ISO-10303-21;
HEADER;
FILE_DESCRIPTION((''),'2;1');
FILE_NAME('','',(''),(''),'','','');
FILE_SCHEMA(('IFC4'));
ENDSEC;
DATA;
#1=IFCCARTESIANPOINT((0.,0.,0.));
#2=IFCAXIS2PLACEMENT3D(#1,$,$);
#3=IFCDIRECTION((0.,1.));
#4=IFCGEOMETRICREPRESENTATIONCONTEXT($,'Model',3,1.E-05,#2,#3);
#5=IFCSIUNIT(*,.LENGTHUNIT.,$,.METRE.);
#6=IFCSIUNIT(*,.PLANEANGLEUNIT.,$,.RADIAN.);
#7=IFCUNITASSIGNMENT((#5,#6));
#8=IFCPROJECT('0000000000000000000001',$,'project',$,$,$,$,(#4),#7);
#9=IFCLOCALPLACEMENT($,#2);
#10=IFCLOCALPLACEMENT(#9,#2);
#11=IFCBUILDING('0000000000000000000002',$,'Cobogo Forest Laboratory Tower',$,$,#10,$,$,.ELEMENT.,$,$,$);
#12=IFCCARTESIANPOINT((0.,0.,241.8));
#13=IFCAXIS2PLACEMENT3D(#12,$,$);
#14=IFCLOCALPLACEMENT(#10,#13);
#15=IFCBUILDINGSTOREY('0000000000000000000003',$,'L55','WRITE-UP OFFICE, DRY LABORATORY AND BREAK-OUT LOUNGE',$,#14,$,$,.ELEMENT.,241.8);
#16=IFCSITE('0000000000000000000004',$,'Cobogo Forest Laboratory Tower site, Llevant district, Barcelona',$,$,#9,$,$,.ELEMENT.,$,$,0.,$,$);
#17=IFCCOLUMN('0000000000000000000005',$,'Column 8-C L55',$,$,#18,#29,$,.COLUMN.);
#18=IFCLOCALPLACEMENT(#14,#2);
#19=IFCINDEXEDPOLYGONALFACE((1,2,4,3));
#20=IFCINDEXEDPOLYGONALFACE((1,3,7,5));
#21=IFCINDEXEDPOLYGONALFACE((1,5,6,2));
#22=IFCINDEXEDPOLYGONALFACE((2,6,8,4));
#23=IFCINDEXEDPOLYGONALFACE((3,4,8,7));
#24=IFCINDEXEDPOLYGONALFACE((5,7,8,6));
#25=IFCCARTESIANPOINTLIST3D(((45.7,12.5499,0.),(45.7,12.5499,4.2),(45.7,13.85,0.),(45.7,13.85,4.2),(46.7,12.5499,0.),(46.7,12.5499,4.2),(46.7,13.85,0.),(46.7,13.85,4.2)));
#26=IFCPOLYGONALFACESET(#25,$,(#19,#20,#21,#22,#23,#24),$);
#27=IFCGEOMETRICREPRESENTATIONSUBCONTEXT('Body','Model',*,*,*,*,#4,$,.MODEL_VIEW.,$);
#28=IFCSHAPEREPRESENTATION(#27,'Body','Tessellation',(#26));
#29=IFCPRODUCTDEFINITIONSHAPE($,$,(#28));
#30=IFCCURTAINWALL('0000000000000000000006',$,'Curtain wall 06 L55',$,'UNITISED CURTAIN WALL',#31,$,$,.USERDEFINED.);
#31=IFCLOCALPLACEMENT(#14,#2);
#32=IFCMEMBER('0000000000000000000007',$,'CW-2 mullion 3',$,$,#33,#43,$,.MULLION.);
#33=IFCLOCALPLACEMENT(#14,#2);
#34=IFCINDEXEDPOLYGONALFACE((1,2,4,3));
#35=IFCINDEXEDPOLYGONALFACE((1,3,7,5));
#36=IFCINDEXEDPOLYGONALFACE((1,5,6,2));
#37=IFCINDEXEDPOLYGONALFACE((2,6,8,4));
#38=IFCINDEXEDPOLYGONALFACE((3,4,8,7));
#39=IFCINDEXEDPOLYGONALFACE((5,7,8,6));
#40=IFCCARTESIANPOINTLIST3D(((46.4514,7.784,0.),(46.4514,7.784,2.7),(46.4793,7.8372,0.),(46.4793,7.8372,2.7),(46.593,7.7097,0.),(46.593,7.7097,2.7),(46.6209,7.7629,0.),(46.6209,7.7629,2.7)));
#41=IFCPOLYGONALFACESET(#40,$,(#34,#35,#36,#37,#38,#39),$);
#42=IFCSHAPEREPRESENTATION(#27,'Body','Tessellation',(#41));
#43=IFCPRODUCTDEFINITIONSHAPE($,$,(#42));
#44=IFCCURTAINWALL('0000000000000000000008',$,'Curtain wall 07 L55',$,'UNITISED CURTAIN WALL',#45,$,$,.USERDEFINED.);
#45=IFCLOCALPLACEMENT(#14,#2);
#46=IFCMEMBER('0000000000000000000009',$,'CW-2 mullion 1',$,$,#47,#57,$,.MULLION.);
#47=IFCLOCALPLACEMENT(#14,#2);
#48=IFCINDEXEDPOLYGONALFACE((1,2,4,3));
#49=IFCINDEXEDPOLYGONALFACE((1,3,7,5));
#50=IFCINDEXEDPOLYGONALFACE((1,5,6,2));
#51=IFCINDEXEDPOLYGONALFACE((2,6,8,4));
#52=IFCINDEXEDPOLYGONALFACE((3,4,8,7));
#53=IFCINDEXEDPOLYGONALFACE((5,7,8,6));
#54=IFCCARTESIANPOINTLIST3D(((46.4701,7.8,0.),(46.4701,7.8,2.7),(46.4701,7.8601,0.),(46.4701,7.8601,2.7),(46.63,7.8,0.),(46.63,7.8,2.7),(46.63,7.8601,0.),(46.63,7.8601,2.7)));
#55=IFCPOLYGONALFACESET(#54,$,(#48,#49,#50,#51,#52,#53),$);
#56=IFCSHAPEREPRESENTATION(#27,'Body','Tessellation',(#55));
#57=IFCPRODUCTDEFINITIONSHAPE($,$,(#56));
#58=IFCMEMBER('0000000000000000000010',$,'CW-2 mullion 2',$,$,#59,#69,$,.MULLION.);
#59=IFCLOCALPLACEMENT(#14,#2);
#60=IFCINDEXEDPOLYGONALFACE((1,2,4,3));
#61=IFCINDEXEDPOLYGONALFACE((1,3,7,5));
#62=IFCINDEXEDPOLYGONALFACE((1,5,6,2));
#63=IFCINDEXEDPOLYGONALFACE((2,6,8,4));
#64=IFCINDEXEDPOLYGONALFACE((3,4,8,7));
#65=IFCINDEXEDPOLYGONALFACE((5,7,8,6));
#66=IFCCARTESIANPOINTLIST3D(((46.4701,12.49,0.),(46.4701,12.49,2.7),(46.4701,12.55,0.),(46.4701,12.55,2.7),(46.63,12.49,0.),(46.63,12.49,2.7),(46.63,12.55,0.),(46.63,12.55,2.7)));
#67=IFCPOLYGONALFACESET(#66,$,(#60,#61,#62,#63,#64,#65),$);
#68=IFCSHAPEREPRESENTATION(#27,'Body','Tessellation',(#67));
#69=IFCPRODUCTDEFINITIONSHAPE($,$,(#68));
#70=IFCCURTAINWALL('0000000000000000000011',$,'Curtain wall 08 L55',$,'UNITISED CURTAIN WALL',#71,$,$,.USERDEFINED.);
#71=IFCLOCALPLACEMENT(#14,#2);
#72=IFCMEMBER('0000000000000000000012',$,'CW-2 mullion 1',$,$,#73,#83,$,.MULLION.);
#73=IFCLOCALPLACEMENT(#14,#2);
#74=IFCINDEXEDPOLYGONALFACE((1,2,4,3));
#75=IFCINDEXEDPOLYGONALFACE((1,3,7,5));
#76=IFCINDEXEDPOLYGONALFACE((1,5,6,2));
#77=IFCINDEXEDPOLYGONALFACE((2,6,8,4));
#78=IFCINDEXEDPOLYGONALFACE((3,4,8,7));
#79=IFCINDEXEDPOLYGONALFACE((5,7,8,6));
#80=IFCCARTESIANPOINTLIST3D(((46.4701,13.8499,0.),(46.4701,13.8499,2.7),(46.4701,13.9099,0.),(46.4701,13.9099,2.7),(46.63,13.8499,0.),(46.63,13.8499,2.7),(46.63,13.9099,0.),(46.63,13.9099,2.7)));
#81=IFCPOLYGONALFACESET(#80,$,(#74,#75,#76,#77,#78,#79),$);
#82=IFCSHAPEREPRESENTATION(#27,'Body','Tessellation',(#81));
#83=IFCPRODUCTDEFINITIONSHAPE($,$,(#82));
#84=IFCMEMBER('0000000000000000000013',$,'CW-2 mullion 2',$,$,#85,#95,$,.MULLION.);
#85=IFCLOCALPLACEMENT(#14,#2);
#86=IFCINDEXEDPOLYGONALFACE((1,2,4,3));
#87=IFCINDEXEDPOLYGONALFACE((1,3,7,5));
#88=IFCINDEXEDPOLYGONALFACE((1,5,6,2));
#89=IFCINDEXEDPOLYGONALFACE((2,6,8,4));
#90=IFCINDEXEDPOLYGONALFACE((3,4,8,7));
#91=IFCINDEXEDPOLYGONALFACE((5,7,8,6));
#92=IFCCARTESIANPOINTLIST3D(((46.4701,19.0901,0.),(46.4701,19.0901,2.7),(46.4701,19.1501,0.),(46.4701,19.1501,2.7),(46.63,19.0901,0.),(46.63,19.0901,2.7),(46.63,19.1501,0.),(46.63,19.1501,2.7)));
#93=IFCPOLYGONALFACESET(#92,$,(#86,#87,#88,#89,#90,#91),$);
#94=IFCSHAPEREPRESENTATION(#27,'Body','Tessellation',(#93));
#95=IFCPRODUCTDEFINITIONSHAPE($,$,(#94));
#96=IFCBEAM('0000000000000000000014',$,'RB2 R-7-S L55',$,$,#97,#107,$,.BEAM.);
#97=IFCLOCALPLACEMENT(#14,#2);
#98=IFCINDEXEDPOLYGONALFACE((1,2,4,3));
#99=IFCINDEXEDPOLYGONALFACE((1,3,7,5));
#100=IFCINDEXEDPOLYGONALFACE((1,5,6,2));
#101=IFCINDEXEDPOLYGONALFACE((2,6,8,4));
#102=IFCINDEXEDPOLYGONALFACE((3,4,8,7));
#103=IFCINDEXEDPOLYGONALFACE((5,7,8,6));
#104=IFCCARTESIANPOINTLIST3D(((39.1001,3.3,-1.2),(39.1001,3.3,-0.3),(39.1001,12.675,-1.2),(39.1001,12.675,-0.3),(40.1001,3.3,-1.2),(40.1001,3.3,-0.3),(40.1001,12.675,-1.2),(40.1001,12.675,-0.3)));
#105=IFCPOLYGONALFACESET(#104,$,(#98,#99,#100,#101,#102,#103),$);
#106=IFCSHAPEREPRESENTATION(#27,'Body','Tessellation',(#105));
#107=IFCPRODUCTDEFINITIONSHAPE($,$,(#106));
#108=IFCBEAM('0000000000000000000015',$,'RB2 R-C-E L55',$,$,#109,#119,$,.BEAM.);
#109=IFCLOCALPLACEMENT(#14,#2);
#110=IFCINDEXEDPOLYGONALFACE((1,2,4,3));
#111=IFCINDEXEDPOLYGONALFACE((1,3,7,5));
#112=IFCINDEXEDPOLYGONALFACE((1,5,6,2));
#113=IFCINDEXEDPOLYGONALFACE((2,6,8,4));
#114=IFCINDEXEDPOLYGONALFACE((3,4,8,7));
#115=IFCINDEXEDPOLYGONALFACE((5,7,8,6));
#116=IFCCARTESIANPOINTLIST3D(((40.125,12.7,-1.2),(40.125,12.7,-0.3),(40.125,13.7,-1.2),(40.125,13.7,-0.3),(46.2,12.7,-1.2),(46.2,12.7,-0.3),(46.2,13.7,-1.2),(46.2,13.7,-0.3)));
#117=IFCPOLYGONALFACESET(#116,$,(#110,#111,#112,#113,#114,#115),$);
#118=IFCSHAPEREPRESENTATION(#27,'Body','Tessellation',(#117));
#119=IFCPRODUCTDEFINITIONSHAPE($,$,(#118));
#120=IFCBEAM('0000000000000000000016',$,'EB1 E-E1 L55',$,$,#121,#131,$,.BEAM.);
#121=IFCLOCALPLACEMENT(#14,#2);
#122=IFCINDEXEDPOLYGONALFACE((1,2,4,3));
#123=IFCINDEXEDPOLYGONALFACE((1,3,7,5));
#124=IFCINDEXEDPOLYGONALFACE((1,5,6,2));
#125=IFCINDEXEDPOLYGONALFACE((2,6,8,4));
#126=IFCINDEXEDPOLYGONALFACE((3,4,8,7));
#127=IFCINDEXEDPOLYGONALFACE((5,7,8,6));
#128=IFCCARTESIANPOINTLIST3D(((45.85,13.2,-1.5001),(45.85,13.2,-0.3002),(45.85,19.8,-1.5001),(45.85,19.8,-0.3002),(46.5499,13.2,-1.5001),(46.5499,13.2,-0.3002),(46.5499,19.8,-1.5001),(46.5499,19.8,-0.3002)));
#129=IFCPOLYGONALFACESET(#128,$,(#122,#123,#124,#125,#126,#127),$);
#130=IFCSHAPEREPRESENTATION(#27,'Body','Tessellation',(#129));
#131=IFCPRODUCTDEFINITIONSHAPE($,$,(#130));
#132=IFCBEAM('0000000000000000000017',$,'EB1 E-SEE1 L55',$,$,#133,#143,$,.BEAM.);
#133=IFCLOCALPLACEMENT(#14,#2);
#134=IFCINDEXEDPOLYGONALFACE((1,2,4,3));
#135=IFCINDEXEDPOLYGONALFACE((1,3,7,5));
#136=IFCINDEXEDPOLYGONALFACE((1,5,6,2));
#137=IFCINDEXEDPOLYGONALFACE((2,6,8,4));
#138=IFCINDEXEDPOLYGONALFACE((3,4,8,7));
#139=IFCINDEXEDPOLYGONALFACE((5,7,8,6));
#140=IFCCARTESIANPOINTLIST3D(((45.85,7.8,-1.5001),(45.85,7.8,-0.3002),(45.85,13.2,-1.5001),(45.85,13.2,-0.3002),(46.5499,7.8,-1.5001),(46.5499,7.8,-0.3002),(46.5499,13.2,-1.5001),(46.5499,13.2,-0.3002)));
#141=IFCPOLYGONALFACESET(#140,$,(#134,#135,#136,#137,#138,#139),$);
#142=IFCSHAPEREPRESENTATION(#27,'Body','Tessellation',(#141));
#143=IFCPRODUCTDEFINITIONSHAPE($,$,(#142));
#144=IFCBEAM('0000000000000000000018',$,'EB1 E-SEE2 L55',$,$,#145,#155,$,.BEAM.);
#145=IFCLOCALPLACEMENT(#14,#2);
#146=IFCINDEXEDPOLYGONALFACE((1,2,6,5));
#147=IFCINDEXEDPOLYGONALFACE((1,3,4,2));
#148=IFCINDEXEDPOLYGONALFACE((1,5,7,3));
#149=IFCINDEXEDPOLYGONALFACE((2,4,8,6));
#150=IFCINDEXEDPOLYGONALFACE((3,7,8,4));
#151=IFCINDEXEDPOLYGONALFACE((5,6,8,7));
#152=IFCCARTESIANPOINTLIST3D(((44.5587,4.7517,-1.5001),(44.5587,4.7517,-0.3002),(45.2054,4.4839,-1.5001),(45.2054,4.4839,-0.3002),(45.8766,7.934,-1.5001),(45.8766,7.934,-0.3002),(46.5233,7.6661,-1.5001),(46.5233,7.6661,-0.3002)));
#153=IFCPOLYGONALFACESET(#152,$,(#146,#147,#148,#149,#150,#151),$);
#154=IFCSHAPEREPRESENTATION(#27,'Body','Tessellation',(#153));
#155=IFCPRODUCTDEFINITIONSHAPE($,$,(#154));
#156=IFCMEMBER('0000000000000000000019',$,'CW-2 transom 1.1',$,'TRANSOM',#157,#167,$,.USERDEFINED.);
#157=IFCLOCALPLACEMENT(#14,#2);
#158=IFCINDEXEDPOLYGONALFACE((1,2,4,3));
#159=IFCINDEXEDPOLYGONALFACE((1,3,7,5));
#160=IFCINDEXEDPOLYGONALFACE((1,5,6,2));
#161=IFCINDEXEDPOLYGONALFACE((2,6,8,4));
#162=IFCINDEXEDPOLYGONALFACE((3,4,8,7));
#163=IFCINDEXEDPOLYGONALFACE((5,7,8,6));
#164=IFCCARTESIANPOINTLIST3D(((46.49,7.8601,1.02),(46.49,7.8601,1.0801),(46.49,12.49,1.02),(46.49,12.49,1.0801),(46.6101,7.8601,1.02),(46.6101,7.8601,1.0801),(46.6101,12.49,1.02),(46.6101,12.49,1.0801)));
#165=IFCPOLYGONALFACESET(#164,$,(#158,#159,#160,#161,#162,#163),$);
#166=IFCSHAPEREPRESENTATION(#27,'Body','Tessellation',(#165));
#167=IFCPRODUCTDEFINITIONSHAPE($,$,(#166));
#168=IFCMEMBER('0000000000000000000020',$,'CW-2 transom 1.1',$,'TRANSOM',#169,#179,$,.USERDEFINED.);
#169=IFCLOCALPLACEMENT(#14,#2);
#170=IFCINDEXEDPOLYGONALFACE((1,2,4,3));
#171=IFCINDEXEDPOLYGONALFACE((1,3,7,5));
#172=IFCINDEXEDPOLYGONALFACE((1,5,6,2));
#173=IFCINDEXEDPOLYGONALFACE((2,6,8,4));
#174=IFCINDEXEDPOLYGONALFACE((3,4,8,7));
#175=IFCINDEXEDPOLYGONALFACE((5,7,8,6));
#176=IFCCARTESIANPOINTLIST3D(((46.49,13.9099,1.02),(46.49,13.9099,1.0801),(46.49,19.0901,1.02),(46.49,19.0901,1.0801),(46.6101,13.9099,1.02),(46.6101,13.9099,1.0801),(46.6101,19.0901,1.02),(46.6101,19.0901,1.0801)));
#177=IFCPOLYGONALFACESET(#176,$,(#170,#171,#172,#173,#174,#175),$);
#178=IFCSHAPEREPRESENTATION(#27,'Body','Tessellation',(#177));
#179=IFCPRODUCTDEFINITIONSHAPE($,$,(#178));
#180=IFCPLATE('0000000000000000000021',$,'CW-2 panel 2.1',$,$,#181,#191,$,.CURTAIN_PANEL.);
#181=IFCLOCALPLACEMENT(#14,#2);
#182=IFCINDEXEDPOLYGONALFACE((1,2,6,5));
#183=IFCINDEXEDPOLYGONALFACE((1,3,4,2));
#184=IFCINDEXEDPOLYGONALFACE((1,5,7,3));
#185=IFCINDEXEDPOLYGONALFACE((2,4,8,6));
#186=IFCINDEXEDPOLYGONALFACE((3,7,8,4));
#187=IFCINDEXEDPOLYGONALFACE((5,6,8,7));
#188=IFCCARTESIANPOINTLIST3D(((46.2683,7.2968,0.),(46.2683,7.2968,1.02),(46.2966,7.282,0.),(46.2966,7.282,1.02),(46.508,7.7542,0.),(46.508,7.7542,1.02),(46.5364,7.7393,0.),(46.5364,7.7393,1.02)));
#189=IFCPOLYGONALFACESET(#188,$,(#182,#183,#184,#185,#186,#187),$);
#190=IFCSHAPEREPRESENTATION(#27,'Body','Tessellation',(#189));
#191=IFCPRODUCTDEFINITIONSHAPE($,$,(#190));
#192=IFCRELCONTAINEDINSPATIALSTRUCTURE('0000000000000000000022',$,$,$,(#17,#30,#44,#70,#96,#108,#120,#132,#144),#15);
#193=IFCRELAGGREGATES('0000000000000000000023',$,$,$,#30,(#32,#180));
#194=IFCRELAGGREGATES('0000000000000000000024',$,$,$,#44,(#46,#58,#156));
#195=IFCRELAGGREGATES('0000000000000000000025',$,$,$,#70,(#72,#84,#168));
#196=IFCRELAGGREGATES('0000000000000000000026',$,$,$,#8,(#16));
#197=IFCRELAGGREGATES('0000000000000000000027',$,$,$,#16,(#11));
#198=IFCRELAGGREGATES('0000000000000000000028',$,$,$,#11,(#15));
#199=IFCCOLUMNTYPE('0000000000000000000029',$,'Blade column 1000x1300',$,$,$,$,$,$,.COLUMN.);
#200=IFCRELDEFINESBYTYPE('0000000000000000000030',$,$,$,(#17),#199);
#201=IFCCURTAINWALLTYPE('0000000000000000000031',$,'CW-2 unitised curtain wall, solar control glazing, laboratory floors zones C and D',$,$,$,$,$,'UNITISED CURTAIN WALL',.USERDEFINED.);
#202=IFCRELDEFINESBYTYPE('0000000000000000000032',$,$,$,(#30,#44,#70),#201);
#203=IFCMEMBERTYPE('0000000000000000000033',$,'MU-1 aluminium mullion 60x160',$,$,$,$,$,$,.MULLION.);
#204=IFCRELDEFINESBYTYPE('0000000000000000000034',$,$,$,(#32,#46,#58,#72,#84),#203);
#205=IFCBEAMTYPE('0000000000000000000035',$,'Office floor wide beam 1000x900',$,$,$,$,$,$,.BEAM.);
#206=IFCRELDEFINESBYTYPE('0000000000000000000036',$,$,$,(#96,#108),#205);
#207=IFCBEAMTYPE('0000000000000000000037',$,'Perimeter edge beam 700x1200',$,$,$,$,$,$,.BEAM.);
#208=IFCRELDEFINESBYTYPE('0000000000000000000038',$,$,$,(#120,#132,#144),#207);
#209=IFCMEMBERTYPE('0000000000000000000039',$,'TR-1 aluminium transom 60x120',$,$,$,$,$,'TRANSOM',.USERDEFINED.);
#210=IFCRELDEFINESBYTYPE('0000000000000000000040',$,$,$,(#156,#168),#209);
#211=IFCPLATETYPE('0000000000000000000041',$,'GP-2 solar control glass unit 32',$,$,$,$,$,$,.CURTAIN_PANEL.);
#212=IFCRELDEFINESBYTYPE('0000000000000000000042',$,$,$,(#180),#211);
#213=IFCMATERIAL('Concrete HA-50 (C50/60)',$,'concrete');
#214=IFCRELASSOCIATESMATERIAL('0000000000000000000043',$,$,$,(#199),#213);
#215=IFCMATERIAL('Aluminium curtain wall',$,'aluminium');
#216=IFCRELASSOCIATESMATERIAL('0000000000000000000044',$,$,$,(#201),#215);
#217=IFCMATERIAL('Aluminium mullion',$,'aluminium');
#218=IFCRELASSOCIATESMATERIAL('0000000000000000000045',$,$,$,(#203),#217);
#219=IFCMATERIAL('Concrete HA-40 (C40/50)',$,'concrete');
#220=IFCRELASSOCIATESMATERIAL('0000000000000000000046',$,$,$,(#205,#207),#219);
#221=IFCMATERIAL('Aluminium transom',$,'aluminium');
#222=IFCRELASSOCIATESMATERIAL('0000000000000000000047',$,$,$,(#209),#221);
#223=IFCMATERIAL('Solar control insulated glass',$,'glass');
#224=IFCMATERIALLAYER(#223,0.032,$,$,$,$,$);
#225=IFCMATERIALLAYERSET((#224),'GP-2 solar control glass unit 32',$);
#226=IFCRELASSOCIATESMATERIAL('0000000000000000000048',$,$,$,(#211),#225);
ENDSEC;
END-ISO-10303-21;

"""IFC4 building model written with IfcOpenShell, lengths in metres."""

from ifc_helpers import new_model, si_unit, direction, frame, origin, origin_2d, place, context, subcontext, project, spatial, rectangle, extrude, material, layer, layer_set, material_profile, profile_set, type_object, element, aggregate, save


model = new_model("IFC4")

# Units and contexts
model_context = context("Model", 3, precision=1e-05, world=origin(), true_north=direction((0.0, 1.0)))
body_context = subcontext(model_context, "Body", "Model", "MODEL_VIEW")
ifc_project = project(units=[si_unit("LENGTHUNIT", "METRE"), si_unit("PLANEANGLEUNIT", "RADIAN")], contexts=[model_context])

# Site, building, storey
site_placement = place(None, origin())
site = spatial("IfcSite", under=ifc_project, at=site_placement, Name="Cobogo Forest Laboratory Tower site, Llevant district, Barcelona", CompositionType="ELEMENT", RefElevation=0.0)
building_placement = place(site_placement, origin())
building = spatial("IfcBuilding", under=site, at=building_placement, Name="Cobogo Forest Laboratory Tower", CompositionType="ELEMENT")
storey_placement = place(building_placement, frame((0.0, 0.0, 241.8)))
storey = spatial("IfcBuildingStorey", under=building, at=storey_placement, Name="L55", Description="WRITE-UP OFFICE, DRY LABORATORY AND BREAK-OUT LOUNGE", CompositionType="ELEMENT", Elevation=241.8)

# Column
ifc_material_1 = material(Name="Concrete HA-50 (C50/60)", Category="concrete")
ifc_material_profile_1 = material_profile(ifc_material_1, rectangle(XDim=1.3, YDim=1.0, at=origin_2d()), Name="RC 1000x1300")
ifc_profile_set_1 = profile_set([ifc_material_profile_1], Name="Concrete HA-50 (C50/60)")
column_type = type_object("IfcColumnType", Name="Blade column 1000x1300", PredefinedType="COLUMN", material=ifc_profile_set_1)
column_placement = place(storey_placement, frame((46.2, 13.2, 0.0), z_axis=(0.0, 0.0, 1.0), x_axis=(0.0, 1.0, 0.0)))
element("IfcColumn", 1, at=column_placement, inside=storey, type_object=column_type, Name="Column 8-C L55", PredefinedType="COLUMN", context=body_context, shape_type="SweptSolid", body=[
    extrude(rectangle(XDim=1.3, YDim=1.0, at=origin_2d()), origin(), (0.0, 0.0, 1.0), 4.2),
])

# Curtain wall, member
ifc_material_2 = material(Name="Aluminium curtain wall", Category="aluminium")
curtain_wall_type = type_object("IfcCurtainWallType", Name="CW-2 unitised curtain wall, solar control glazing, laboratory floors zones C and D", ElementType="UNITISED CURTAIN WALL", PredefinedType="USERDEFINED", material=ifc_material_2)
curtain_wall_1_placement = place(storey_placement, origin())
curtain_wall_1 = element("IfcCurtainWall", 2, at=curtain_wall_1_placement, inside=storey, type_object=curtain_wall_type, Name="Curtain wall 06 L55", ObjectType="UNITISED CURTAIN WALL", PredefinedType="USERDEFINED")
ifc_material_3 = material(Name="Aluminium mullion", Category="aluminium")
ifc_material_profile_2 = material_profile(ifc_material_3, rectangle(XDim=0.0601, YDim=0.1599, at=origin_2d()), Name="AL 60x160")
ifc_profile_set_2 = profile_set([ifc_material_profile_2], Name="Aluminium mullion")
member_type_1 = type_object("IfcMemberType", Name="MU-1 aluminium mullion 60x160", PredefinedType="MULLION", material=ifc_profile_set_2)
member_1_placement = place(storey_placement, frame((46.5361, 7.7734, 0.0), z_axis=(0.0, 0.0, 1.0), x_axis=(0.464284, 0.885686, 0.0)))
member_1 = element("IfcMember", 3, at=member_1_placement, type_object=member_type_1, Name="CW-2 mullion 3", PredefinedType="MULLION", context=body_context, shape_type="SweptSolid", body=[
    extrude(rectangle(XDim=0.0601, YDim=0.1599, at=origin_2d()), origin(), (0.0, 0.0, 1.0), 2.7),
])

# Curtain walls, members
curtain_wall_2_placement = place(storey_placement, origin())
curtain_wall_2 = element("IfcCurtainWall", 4, at=curtain_wall_2_placement, inside=storey, type_object=curtain_wall_type, Name="Curtain wall 07 L55", ObjectType="UNITISED CURTAIN WALL", PredefinedType="USERDEFINED")
member_2_placement = place(storey_placement, frame((46.55, 7.8301, 0.0), z_axis=(0.0, 0.0, 1.0), x_axis=(0.0, 1.0, 0.0)))
member_2 = element("IfcMember", 5, at=member_2_placement, type_object=member_type_1, Name="CW-2 mullion 1", PredefinedType="MULLION", context=body_context, shape_type="SweptSolid", body=[
    extrude(rectangle(XDim=0.0601, YDim=0.1599, at=origin_2d()), origin(), (0.0, 0.0, 1.0), 2.7),
])
member_3_placement = place(storey_placement, frame((46.55, 12.52, 0.0), z_axis=(0.0, 0.0, 1.0), x_axis=(0.0, 1.0, 0.0)))
member_3 = element("IfcMember", 6, at=member_3_placement, type_object=member_type_1, Name="CW-2 mullion 2", PredefinedType="MULLION", context=body_context, shape_type="SweptSolid", body=[
    extrude(rectangle(XDim=0.0601, YDim=0.1599, at=origin_2d()), origin(), (0.0, 0.0, 1.0), 2.7),
])
curtain_wall_3_placement = place(storey_placement, origin())
curtain_wall_3 = element("IfcCurtainWall", 7, at=curtain_wall_3_placement, inside=storey, type_object=curtain_wall_type, Name="Curtain wall 08 L55", ObjectType="UNITISED CURTAIN WALL", PredefinedType="USERDEFINED")
member_4_placement = place(storey_placement, frame((46.55, 13.8799, 0.0), z_axis=(0.0, 0.0, 1.0), x_axis=(0.0, 1.0, 0.0)))
member_4 = element("IfcMember", 8, at=member_4_placement, type_object=member_type_1, Name="CW-2 mullion 1", PredefinedType="MULLION", context=body_context, shape_type="SweptSolid", body=[
    extrude(rectangle(XDim=0.0601, YDim=0.1599, at=origin_2d()), origin(), (0.0, 0.0, 1.0), 2.7),
])
member_5_placement = place(storey_placement, frame((46.55, 19.1201, 0.0), z_axis=(0.0, 0.0, 1.0), x_axis=(0.0, 1.0, 0.0)))
member_5 = element("IfcMember", 9, at=member_5_placement, type_object=member_type_1, Name="CW-2 mullion 2", PredefinedType="MULLION", context=body_context, shape_type="SweptSolid", body=[
    extrude(rectangle(XDim=0.0601, YDim=0.1599, at=origin_2d()), origin(), (0.0, 0.0, 1.0), 2.7),
])

# Beams
ifc_material_4 = material(Name="Concrete HA-40 (C40/50)", Category="concrete")
ifc_material_profile_3 = material_profile(ifc_material_4, rectangle(XDim=1.0, YDim=0.8999, at=origin_2d()), Name="RC 1000x900")
ifc_profile_set_3 = profile_set([ifc_material_profile_3], Name="Concrete HA-40 (C40/50)")
beam_type_1 = type_object("IfcBeamType", Name="Office floor wide beam 1000x900", PredefinedType="BEAM", material=ifc_profile_set_3)
beam_1_placement = place(storey_placement, frame((39.6001, 12.675, -0.75), z_axis=(0.0, -1.0, 0.0), x_axis=(1.0, 0.0, 0.0)))
element("IfcBeam", 10, at=beam_1_placement, inside=storey, type_object=beam_type_1, Name="RB2 R-7-S L55", PredefinedType="BEAM", context=body_context, shape_type="SweptSolid", body=[
    extrude(rectangle(XDim=1.0, YDim=0.8999, at=origin_2d()), origin(), (0.0, 0.0, 1.0), 9.375),
])
beam_2_placement = place(storey_placement, frame((40.125, 13.2, -0.75), z_axis=(1.0, 0.0, 0.0), x_axis=(0.0, 1.0, 0.0)))
element("IfcBeam", 11, at=beam_2_placement, inside=storey, type_object=beam_type_1, Name="RB2 R-C-E L55", PredefinedType="BEAM", context=body_context, shape_type="SweptSolid", body=[
    extrude(rectangle(XDim=1.0, YDim=0.8999, at=origin_2d()), origin(), (0.0, 0.0, 1.0), 6.075),
])
ifc_material_profile_4 = material_profile(ifc_material_4, rectangle(XDim=0.7, YDim=1.2, at=origin_2d()), Name="RC 700x1200")
ifc_profile_set_4 = profile_set([ifc_material_profile_4], Name="Concrete HA-40 (C40/50)")
beam_type_2 = type_object("IfcBeamType", Name="Perimeter edge beam 700x1200", PredefinedType="BEAM", material=ifc_profile_set_4)
beam_3_placement = place(storey_placement, frame((46.2, 13.2, -0.9001), z_axis=(0.0, 1.0, 0.0), x_axis=(-1.0, 0.0, 0.0)))
element("IfcBeam", 12, at=beam_3_placement, inside=storey, type_object=beam_type_2, Name="EB1 E-E1 L55", PredefinedType="BEAM", context=body_context, shape_type="SweptSolid", body=[
    extrude(rectangle(XDim=0.7, YDim=1.2, at=origin_2d()), origin(), (0.0, 0.0, 1.0), 6.6001),
])
beam_4_placement = place(storey_placement, frame((46.2, 13.2, -0.9001), z_axis=(0.0, -1.0, 0.0), x_axis=(1.0, 0.0, 0.0)))
element("IfcBeam", 13, at=beam_4_placement, inside=storey, type_object=beam_type_2, Name="EB1 E-SEE1 L55", PredefinedType="BEAM", context=body_context, shape_type="SweptSolid", body=[
    extrude(rectangle(XDim=0.7, YDim=1.2, at=origin_2d()), origin(), (0.0, 0.0, 1.0), 5.3999),
])
beam_5_placement = place(storey_placement, frame((46.2, 7.8, -0.9001), z_axis=(-0.382631, -0.923901, 0.0), x_axis=(0.923901, -0.382631, 0.0)))
element("IfcBeam", 14, at=beam_5_placement, inside=storey, type_object=beam_type_2, Name="EB1 E-SEE2 L55", PredefinedType="BEAM", context=body_context, shape_type="SweptSolid", body=[
    extrude(rectangle(XDim=0.7, YDim=1.2, at=origin_2d()), origin(), (0.0, 0.0, 1.0), 3.4443),
])

# Members
ifc_material_5 = material(Name="Aluminium transom", Category="aluminium")
ifc_material_profile_5 = material_profile(ifc_material_5, rectangle(XDim=0.1201, YDim=0.0601, at=origin_2d()), Name="AL 60x120")
ifc_profile_set_5 = profile_set([ifc_material_profile_5], Name="Aluminium transom")
member_type_2 = type_object("IfcMemberType", Name="TR-1 aluminium transom 60x120", ElementType="TRANSOM", PredefinedType="USERDEFINED", material=ifc_profile_set_5)
member_6_placement = place(storey_placement, frame((46.55, 7.8601, 1.05), z_axis=(0.0, 1.0, 0.0), x_axis=(-1.0, 0.0, 0.0)))
member_6 = element("IfcMember", 15, at=member_6_placement, type_object=member_type_2, Name="CW-2 transom 1.1", ObjectType="TRANSOM", PredefinedType="USERDEFINED", context=body_context, shape_type="SweptSolid", body=[
    extrude(rectangle(XDim=0.1201, YDim=0.0601, at=origin_2d()), origin(), (0.0, 0.0, 1.0), 4.6299),
])
member_7_placement = place(storey_placement, frame((46.55, 13.9099, 1.05), z_axis=(0.0, 1.0, 0.0), x_axis=(-1.0, 0.0, 0.0)))
member_7 = element("IfcMember", 16, at=member_7_placement, type_object=member_type_2, Name="CW-2 transom 1.1", ObjectType="TRANSOM", PredefinedType="USERDEFINED", context=body_context, shape_type="SweptSolid", body=[
    extrude(rectangle(XDim=0.1201, YDim=0.0601, at=origin_2d()), origin(), (0.0, 0.0, 1.0), 5.1802),
])

# Plate
ifc_material_6 = material(Name="Solar control insulated glass", Category="glass")
ifc_layer_1 = layer(ifc_material_6, 0.032)
ifc_layer_set_1 = layer_set([ifc_layer_1], Name="GP-2 solar control glass unit 32")
plate_type_1 = type_object("IfcPlateType", Name="GP-2 solar control glass unit 32", PredefinedType="CURTAIN_PANEL", material=ifc_layer_set_1)
plate_1_placement = place(storey_placement, frame((46.4023, 7.5181, 0.0), z_axis=(0.0, 0.0, 1.0), x_axis=(0.464284, 0.885686, 0.0)))
plate_1 = element("IfcPlate", 17, at=plate_1_placement, type_object=plate_type_1, Name="CW-2 panel 2.1", PredefinedType="CURTAIN_PANEL", context=body_context, shape_type="SweptSolid", body=[
    extrude(rectangle(XDim=0.5164, YDim=0.032, at=origin_2d()), origin(), (0.0, 0.0, 1.0), 1.02),
])
aggregate(curtain_wall_1, [member_1, plate_1])
aggregate(curtain_wall_2, [member_2, member_3, member_6])
aggregate(curtain_wall_3, [member_4, member_5, member_7])

save(model, "model.ifc")
